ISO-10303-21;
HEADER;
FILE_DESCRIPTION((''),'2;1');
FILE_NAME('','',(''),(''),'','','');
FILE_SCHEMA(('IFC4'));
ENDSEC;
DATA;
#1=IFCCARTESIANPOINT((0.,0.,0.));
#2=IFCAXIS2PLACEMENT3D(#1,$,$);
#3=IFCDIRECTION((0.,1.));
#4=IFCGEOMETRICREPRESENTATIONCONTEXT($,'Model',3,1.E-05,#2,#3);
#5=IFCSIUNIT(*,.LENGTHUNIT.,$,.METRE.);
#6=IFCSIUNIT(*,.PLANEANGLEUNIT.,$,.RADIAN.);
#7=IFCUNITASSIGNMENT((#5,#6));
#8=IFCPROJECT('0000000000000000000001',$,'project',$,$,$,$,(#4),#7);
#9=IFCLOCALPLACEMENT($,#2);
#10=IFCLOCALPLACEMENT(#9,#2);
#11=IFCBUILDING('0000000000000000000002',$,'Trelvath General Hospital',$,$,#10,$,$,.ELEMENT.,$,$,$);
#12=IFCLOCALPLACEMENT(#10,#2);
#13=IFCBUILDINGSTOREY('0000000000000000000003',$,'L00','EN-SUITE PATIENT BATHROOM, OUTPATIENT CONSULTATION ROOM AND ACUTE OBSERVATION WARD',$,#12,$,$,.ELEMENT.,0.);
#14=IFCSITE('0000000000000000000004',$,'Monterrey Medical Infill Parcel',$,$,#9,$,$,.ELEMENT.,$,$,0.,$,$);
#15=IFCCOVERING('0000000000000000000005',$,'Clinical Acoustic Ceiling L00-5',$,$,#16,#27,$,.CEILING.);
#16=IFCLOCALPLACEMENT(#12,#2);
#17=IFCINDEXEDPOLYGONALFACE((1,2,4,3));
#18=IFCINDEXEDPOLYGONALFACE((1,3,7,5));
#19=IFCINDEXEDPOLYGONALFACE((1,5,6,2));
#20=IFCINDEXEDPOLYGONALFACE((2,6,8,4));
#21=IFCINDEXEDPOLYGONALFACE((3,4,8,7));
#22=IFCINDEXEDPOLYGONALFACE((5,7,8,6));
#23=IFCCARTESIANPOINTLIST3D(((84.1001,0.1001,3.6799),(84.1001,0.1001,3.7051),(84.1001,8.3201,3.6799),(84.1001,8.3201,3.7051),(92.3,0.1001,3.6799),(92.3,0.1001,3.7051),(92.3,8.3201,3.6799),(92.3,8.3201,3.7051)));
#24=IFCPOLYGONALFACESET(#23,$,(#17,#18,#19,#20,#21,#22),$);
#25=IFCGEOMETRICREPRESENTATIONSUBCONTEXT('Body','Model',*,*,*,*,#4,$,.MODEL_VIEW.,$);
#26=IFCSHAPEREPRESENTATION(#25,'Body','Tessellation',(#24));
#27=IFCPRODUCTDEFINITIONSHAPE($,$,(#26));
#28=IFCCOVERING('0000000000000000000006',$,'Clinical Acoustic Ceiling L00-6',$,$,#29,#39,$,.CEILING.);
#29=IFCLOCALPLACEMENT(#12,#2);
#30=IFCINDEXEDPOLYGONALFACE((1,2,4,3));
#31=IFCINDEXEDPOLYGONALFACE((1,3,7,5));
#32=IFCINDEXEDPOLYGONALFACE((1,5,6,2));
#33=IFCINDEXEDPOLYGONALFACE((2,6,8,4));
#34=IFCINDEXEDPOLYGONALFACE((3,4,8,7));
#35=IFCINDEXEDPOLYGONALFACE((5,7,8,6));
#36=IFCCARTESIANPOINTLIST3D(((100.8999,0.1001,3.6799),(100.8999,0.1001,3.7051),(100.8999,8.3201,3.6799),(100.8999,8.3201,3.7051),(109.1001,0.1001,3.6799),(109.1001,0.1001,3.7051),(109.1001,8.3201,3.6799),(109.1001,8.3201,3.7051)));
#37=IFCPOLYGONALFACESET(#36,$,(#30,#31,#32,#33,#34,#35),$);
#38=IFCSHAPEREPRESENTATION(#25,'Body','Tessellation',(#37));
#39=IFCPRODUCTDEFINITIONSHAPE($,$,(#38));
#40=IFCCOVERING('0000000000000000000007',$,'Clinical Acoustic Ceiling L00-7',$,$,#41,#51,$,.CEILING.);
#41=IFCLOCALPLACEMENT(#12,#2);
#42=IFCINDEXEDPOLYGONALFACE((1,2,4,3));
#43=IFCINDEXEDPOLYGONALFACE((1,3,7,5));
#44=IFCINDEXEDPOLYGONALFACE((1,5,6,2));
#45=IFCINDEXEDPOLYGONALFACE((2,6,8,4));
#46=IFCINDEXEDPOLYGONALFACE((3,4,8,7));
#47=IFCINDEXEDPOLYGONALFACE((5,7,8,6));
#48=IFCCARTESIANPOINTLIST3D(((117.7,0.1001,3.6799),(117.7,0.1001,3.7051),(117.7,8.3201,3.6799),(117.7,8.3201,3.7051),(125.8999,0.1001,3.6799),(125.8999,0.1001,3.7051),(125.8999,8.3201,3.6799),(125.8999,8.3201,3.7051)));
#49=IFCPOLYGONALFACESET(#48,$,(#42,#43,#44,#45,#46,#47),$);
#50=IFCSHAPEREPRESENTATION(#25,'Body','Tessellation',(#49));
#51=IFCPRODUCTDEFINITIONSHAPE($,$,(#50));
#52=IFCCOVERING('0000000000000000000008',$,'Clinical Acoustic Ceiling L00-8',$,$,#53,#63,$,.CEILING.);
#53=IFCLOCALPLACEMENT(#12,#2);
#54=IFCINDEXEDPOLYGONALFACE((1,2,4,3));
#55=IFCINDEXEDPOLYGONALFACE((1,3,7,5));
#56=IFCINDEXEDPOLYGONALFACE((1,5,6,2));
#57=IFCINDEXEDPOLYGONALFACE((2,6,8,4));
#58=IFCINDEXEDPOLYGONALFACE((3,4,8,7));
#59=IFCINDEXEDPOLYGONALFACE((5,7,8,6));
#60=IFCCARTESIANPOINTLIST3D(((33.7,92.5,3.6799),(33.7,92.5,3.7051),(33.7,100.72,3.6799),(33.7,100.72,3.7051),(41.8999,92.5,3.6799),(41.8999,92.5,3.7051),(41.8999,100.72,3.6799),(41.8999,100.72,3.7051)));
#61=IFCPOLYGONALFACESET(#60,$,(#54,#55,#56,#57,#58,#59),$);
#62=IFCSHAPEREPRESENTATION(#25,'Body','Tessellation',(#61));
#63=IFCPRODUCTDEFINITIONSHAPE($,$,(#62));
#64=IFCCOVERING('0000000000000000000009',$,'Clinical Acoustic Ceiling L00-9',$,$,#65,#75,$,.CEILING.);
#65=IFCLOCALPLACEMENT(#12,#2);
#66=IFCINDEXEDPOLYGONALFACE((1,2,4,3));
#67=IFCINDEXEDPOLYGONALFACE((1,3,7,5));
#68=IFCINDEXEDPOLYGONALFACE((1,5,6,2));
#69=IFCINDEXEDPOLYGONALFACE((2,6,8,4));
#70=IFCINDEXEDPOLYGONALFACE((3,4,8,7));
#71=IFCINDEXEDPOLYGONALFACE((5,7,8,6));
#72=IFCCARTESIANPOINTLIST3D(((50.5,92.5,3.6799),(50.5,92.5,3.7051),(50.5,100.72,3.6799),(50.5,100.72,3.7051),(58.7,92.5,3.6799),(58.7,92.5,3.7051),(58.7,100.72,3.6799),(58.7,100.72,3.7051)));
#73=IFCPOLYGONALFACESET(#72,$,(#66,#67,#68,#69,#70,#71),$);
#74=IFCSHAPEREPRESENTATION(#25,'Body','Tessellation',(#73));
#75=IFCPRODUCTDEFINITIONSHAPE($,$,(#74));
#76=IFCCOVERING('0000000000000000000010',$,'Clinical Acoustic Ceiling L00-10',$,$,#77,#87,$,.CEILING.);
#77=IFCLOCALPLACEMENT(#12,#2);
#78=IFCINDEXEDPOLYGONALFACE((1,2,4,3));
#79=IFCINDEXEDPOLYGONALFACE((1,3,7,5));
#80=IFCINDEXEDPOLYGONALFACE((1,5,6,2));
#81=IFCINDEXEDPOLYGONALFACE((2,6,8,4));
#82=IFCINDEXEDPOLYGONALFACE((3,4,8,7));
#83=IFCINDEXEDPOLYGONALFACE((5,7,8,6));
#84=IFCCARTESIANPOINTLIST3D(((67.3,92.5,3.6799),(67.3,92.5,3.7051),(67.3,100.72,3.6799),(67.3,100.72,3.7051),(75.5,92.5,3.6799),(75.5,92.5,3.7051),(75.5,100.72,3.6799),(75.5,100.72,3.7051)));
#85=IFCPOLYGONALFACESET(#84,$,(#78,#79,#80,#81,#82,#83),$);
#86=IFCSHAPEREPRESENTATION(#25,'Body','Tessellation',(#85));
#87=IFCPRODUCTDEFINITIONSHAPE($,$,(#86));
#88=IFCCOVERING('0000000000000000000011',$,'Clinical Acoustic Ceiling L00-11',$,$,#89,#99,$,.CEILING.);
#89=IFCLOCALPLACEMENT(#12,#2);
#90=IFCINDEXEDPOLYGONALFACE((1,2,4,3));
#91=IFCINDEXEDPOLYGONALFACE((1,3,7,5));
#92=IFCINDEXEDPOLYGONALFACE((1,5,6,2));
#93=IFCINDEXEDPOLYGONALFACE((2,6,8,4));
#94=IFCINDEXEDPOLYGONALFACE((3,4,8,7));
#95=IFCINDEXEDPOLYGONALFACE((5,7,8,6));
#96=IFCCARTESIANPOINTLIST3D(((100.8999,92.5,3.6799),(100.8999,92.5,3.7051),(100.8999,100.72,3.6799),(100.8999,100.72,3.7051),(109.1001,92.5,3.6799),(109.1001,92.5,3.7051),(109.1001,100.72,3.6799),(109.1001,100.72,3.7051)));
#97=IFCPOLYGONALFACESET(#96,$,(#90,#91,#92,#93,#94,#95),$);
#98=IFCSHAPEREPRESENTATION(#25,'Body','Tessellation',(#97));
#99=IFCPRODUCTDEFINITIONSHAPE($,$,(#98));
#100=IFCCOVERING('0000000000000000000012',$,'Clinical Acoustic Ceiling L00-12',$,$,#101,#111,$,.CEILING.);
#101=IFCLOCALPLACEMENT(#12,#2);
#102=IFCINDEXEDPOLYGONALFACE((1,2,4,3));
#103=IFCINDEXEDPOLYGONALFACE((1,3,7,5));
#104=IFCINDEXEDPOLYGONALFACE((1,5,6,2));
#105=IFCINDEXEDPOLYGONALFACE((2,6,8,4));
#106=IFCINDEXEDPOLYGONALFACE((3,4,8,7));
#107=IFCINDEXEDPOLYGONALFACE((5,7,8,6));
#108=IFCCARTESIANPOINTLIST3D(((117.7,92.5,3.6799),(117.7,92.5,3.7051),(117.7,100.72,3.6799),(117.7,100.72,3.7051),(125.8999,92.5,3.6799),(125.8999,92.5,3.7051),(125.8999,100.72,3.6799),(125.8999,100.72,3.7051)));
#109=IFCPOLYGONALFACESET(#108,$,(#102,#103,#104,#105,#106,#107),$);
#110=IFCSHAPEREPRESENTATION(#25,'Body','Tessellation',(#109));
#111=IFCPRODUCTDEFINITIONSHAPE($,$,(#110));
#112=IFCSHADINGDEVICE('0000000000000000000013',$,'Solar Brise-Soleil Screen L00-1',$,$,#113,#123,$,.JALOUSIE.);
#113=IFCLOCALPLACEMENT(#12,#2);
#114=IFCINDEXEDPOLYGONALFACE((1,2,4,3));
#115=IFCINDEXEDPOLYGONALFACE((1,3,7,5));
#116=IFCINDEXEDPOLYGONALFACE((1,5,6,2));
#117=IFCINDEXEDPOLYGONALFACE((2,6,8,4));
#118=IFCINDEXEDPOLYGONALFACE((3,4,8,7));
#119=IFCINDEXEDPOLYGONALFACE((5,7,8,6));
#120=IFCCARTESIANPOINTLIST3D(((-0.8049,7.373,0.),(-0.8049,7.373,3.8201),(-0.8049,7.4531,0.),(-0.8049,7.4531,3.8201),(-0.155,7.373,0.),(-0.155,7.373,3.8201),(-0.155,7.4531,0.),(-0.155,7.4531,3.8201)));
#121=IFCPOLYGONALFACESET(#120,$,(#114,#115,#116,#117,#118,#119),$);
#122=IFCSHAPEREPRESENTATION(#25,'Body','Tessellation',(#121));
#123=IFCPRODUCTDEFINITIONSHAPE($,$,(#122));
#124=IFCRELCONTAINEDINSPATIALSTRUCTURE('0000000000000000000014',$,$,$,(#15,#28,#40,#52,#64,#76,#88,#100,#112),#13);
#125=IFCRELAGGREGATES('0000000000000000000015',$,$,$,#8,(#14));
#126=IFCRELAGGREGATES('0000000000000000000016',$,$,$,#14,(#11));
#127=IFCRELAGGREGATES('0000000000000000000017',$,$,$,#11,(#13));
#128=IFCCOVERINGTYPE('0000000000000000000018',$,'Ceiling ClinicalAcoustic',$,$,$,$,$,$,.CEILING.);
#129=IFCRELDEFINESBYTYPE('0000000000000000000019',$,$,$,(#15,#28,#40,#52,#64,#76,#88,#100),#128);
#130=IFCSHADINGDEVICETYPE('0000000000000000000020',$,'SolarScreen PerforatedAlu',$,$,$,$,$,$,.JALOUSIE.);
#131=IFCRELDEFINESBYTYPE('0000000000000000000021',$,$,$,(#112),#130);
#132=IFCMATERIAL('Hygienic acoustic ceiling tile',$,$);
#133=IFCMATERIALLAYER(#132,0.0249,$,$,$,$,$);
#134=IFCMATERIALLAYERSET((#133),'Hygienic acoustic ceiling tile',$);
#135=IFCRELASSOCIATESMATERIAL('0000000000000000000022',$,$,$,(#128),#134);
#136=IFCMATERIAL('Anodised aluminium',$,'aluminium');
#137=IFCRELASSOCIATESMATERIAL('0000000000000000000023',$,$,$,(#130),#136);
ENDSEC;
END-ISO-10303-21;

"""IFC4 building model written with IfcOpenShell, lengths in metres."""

from ifc_helpers import new_model, si_unit, direction, frame, origin, origin_2d, place, context, subcontext, project, spatial, polyline, rectangle, outline, extrude, material, layer, layer_set, type_object, element, save


model = new_model("IFC4")

# Units and contexts
model_context = context("Model", 3, precision=1e-05, world=origin(), true_north=direction((0.0, 1.0)))
body_context = subcontext(model_context, "Body", "Model", "MODEL_VIEW")
ifc_project = project(units=[si_unit("LENGTHUNIT", "METRE"), si_unit("PLANEANGLEUNIT", "RADIAN")], contexts=[model_context])

# Site, building, storey
site_placement = place(None, origin())
site = spatial("IfcSite", under=ifc_project, at=site_placement, Name="Monterrey Medical Infill Parcel", CompositionType="ELEMENT", RefElevation=0.0)
building_placement = place(site_placement, origin())
building = spatial("IfcBuilding", under=site, at=building_placement, Name="Trelvath General Hospital", CompositionType="ELEMENT")
storey_placement = place(building_placement, origin())
storey = spatial("IfcBuildingStorey", under=building, at=storey_placement, Name="L00", Description="EN-SUITE PATIENT BATHROOM, OUTPATIENT CONSULTATION ROOM AND ACUTE OBSERVATION WARD", CompositionType="ELEMENT", Elevation=0.0)

# Coverings
ifc_material_1 = material(Name="Hygienic acoustic ceiling tile")
ifc_layer_1 = layer(ifc_material_1, 0.0249)
ifc_layer_set_1 = layer_set([ifc_layer_1], Name="Hygienic acoustic ceiling tile")
covering_type = type_object("IfcCoveringType", Name="Ceiling ClinicalAcoustic", PredefinedType="CEILING", material=ifc_layer_set_1)
covering_1_placement = place(storey_placement, frame((0.0, 0.0, 3.6799)))
element("IfcCovering", 1, at=covering_1_placement, inside=storey, type_object=covering_type, Name="Clinical Acoustic Ceiling L00-5", PredefinedType="CEILING", context=body_context, shape_type="SweptSolid", body=[
    extrude(outline(polyline([(84.1001, 0.1001), (92.3, 0.1001), (92.3, 8.3201), (84.1001, 8.3201), (84.1001, 0.1001)])), origin(), (0.0, 0.0, 1.0), 0.0251),
])
covering_2_placement = place(storey_placement, frame((0.0, 0.0, 3.6799)))
element("IfcCovering", 2, at=covering_2_placement, inside=storey, type_object=covering_type, Name="Clinical Acoustic Ceiling L00-6", PredefinedType="CEILING", context=body_context, shape_type="SweptSolid", body=[
    extrude(outline(polyline([(100.8999, 0.1001), (109.1001, 0.1001), (109.1001, 8.3201), (100.8999, 8.3201), (100.8999, 0.1001)])), origin(), (0.0, 0.0, 1.0), 0.0251),
])
covering_3_placement = place(storey_placement, frame((0.0, 0.0, 3.6799)))
element("IfcCovering", 3, at=covering_3_placement, inside=storey, type_object=covering_type, Name="Clinical Acoustic Ceiling L00-7", PredefinedType="CEILING", context=body_context, shape_type="SweptSolid", body=[
    extrude(outline(polyline([(117.7, 0.1001), (125.8999, 0.1001), (125.8999, 8.3201), (117.7, 8.3201), (117.7, 0.1001)])), origin(), (0.0, 0.0, 1.0), 0.0251),
])
covering_4_placement = place(storey_placement, frame((0.0, 0.0, 3.6799)))
element("IfcCovering", 4, at=covering_4_placement, inside=storey, type_object=covering_type, Name="Clinical Acoustic Ceiling L00-8", PredefinedType="CEILING", context=body_context, shape_type="SweptSolid", body=[
    extrude(outline(polyline([(33.7, 92.5), (41.8999, 92.5), (41.8999, 100.72), (33.7, 100.72), (33.7, 92.5)])), origin(), (0.0, 0.0, 1.0), 0.0251),
])
covering_5_placement = place(storey_placement, frame((0.0, 0.0, 3.6799)))
element("IfcCovering", 5, at=covering_5_placement, inside=storey, type_object=covering_type, Name="Clinical Acoustic Ceiling L00-9", PredefinedType="CEILING", context=body_context, shape_type="SweptSolid", body=[
    extrude(outline(polyline([(50.5, 92.5), (58.7, 92.5), (58.7, 100.72), (50.5, 100.72), (50.5, 92.5)])), origin(), (0.0, 0.0, 1.0), 0.0251),
])
covering_6_placement = place(storey_placement, frame((0.0, 0.0, 3.6799)))
element("IfcCovering", 6, at=covering_6_placement, inside=storey, type_object=covering_type, Name="Clinical Acoustic Ceiling L00-10", PredefinedType="CEILING", context=body_context, shape_type="SweptSolid", body=[
    extrude(outline(polyline([(67.3, 92.5), (75.5, 92.5), (75.5, 100.72), (67.3, 100.72), (67.3, 92.5)])), origin(), (0.0, 0.0, 1.0), 0.0251),
])
covering_7_placement = place(storey_placement, frame((0.0, 0.0, 3.6799)))
element("IfcCovering", 7, at=covering_7_placement, inside=storey, type_object=covering_type, Name="Clinical Acoustic Ceiling L00-11", PredefinedType="CEILING", context=body_context, shape_type="SweptSolid", body=[
    extrude(outline(polyline([(100.8999, 92.5), (109.1001, 92.5), (109.1001, 100.72), (100.8999, 100.72), (100.8999, 92.5)])), origin(), (0.0, 0.0, 1.0), 0.0251),
])
covering_8_placement = place(storey_placement, frame((0.0, 0.0, 3.6799)))
element("IfcCovering", 8, at=covering_8_placement, inside=storey, type_object=covering_type, Name="Clinical Acoustic Ceiling L00-12", PredefinedType="CEILING", context=body_context, shape_type="SweptSolid", body=[
    extrude(outline(polyline([(117.7, 92.5), (125.8999, 92.5), (125.8999, 100.72), (117.7, 100.72), (117.7, 92.5)])), origin(), (0.0, 0.0, 1.0), 0.0251),
])

# Shading device
ifc_material_2 = material(Name="Anodised aluminium", Category="aluminium")
shading_device_type = type_object("IfcShadingDeviceType", Name="SolarScreen PerforatedAlu", PredefinedType="JALOUSIE", material=ifc_material_2)
shading_device_placement = place(storey_placement, frame((-0.48, 7.4131, 0.0), z_axis=(0.0, 0.0, 1.0), x_axis=(-1.0, 0.0, 0.0)))
element("IfcShadingDevice", 9, at=shading_device_placement, inside=storey, type_object=shading_device_type, Name="Solar Brise-Soleil Screen L00-1", PredefinedType="JALOUSIE", context=body_context, shape_type="SweptSolid", body=[
    extrude(rectangle(XDim=0.6499, YDim=0.0801, at=origin_2d()), origin(), (0.0, 0.0, 1.0), 3.8201),
])

save(model, "model.ifc")
